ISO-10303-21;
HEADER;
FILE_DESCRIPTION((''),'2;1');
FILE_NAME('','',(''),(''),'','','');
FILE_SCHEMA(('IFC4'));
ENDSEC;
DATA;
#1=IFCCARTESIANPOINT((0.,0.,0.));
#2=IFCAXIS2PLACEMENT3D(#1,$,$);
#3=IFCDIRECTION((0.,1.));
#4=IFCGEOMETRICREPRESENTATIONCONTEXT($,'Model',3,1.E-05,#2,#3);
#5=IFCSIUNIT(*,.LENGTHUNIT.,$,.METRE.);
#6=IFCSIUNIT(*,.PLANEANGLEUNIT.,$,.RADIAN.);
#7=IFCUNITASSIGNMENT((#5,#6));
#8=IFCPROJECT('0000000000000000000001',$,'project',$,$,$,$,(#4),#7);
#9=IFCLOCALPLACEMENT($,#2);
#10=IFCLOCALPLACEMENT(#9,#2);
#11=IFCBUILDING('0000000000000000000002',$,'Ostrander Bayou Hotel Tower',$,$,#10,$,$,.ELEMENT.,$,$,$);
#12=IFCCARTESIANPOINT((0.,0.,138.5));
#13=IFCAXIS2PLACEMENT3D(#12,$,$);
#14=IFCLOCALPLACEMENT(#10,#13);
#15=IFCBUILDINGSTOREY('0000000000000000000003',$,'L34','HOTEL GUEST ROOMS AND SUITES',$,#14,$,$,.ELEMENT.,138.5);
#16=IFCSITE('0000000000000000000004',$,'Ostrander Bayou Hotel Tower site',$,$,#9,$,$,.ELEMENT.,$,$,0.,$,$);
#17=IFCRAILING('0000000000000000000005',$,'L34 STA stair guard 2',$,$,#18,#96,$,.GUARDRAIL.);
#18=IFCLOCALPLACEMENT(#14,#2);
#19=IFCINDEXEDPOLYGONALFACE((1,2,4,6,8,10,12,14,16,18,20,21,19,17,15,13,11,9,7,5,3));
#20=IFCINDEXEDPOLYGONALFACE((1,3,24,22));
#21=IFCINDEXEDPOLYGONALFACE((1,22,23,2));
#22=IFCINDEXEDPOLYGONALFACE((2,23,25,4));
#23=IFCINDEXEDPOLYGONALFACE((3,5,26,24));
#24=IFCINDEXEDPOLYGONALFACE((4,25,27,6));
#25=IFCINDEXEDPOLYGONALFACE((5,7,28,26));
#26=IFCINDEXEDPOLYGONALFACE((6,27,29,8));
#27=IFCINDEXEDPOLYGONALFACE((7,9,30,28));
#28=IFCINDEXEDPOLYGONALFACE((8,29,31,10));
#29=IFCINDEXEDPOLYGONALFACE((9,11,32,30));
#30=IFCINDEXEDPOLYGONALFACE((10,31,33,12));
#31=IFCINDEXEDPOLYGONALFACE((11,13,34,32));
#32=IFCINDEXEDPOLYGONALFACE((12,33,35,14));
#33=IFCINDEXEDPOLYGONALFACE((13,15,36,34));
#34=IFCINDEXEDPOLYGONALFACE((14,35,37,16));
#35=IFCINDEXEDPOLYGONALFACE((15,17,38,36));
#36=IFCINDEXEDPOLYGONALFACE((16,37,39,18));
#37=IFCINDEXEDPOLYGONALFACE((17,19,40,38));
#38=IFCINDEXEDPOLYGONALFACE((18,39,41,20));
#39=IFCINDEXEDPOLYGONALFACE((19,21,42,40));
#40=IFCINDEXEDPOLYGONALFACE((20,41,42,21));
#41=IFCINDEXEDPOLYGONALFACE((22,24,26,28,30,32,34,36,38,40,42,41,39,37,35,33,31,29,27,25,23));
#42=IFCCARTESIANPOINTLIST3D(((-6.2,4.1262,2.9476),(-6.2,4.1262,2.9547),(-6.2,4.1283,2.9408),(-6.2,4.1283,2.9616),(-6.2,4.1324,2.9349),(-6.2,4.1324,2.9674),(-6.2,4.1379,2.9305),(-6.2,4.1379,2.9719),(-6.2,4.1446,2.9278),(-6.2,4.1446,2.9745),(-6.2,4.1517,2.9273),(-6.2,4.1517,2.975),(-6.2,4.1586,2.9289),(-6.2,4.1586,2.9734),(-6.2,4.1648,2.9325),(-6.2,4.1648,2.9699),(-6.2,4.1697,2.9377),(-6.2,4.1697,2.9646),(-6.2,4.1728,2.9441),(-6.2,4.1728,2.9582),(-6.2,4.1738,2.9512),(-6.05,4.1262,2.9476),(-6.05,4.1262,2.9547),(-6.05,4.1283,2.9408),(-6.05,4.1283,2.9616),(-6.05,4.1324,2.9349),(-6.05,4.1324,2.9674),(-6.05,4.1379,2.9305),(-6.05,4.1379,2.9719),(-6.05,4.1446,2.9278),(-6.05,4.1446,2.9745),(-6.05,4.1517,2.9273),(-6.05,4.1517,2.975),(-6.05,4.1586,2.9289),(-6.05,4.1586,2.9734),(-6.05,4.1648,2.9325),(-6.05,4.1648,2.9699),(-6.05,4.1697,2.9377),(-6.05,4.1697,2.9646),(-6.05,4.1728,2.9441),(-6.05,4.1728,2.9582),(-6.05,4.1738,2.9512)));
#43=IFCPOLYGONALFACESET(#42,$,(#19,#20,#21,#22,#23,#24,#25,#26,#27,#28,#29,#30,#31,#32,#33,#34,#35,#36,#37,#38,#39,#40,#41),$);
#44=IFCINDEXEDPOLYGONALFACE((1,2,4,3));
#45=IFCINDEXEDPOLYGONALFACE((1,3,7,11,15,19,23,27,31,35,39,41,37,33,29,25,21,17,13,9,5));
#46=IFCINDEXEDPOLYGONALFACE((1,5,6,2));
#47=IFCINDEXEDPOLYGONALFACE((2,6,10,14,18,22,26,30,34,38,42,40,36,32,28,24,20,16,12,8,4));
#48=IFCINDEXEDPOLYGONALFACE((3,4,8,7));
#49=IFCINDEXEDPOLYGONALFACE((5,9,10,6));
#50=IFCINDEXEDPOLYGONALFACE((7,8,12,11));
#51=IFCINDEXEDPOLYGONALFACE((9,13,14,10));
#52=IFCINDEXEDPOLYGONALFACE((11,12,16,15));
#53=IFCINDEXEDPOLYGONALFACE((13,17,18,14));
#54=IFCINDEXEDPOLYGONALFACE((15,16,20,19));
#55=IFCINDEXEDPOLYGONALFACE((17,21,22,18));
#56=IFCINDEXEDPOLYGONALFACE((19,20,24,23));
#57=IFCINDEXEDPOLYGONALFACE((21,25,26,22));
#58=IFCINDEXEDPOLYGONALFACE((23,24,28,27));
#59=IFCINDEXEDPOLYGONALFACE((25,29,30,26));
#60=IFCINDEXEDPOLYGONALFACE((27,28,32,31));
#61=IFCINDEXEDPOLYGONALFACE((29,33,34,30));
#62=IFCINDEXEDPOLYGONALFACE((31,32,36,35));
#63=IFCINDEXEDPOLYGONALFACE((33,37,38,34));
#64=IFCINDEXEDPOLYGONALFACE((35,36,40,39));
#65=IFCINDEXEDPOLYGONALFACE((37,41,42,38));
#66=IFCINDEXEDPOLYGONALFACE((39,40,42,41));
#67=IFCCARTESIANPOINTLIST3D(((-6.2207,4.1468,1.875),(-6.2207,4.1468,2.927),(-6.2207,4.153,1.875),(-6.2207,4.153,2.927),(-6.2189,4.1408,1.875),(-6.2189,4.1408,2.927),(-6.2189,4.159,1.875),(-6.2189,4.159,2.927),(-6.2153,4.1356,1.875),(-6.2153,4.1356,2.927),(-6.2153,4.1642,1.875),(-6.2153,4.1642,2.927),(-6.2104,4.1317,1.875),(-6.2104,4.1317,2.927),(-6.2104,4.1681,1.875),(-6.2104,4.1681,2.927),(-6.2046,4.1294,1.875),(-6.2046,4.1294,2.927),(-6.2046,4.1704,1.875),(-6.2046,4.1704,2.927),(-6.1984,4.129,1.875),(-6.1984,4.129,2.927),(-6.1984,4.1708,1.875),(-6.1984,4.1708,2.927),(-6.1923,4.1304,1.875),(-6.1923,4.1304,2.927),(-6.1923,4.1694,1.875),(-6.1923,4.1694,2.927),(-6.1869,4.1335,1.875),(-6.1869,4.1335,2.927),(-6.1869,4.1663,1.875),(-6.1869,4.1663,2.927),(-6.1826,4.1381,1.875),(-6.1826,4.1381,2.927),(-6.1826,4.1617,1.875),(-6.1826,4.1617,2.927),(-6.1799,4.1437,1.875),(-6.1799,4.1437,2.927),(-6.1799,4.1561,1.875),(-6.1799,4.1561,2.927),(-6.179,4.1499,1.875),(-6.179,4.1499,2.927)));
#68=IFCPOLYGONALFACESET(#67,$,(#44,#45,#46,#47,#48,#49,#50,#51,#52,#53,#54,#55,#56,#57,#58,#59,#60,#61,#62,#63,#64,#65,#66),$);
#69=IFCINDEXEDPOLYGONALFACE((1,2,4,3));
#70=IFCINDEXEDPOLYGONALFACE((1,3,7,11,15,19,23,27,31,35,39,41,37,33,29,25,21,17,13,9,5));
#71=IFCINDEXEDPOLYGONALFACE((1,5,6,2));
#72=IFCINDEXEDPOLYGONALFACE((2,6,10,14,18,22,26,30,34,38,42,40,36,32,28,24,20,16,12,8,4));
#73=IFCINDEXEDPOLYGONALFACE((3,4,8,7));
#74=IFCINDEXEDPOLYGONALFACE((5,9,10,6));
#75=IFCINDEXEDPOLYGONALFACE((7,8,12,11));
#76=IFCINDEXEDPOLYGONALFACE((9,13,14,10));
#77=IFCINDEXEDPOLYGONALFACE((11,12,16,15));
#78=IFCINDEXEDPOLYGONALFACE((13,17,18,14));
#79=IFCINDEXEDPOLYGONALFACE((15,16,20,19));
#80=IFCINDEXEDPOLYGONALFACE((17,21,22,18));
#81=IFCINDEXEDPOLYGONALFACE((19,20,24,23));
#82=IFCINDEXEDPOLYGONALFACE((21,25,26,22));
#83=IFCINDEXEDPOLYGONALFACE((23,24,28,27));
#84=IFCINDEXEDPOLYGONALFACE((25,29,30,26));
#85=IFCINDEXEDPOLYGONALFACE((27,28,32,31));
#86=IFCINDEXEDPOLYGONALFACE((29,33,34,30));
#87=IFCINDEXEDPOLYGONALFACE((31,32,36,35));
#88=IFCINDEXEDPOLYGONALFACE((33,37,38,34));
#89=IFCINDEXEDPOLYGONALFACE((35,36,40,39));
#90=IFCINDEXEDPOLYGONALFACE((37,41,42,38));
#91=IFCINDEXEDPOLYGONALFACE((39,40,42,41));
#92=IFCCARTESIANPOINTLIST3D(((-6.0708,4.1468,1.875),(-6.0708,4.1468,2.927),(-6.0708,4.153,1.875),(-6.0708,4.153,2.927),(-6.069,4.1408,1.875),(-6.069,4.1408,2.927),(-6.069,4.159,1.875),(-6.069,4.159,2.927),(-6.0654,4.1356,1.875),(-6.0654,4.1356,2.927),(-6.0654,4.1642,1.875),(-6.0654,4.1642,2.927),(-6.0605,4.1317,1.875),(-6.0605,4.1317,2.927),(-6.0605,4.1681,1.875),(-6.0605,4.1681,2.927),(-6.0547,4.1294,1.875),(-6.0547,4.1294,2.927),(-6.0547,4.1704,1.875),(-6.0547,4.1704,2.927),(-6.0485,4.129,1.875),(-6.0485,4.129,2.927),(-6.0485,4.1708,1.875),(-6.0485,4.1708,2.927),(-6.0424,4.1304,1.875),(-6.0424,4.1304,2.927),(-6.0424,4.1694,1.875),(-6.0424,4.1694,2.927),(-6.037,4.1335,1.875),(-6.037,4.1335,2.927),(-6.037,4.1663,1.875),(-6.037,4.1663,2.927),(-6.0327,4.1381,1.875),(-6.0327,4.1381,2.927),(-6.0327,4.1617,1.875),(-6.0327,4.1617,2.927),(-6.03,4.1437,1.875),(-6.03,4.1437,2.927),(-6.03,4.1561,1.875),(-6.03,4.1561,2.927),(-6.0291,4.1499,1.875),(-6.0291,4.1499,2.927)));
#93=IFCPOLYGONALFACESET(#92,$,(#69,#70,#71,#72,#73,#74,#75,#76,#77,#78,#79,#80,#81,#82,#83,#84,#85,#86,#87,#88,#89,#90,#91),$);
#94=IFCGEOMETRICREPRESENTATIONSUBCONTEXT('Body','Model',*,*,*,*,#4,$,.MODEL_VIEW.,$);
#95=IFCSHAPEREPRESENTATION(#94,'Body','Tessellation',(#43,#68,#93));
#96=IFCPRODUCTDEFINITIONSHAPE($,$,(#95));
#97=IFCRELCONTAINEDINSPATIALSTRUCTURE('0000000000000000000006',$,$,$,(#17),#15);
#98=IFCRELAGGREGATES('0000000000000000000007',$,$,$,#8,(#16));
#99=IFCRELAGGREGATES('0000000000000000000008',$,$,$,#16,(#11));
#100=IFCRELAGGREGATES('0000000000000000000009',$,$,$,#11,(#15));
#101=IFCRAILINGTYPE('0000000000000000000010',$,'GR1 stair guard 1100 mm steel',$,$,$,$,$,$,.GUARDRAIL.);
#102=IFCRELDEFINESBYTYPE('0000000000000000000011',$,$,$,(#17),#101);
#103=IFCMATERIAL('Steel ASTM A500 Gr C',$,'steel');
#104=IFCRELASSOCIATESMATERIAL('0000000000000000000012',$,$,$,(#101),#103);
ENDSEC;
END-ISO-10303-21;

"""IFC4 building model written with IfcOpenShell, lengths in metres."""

from ifc_helpers import new_model, si_unit, direction, frame, origin, origin_2d, place, context, subcontext, project, spatial, circle, extrude, material, type_object, element, save


model = new_model("IFC4")

# Units and contexts
model_context = context("Model", 3, precision=1e-05, world=origin(), true_north=direction((0.0, 1.0)))
body_context = subcontext(model_context, "Body", "Model", "MODEL_VIEW")
ifc_project = project(units=[si_unit("LENGTHUNIT", "METRE"), si_unit("PLANEANGLEUNIT", "RADIAN")], contexts=[model_context])

# Site, building, storey
site_placement = place(None, origin())
site = spatial("IfcSite", under=ifc_project, at=site_placement, Name="Ostrander Bayou Hotel Tower site", CompositionType="ELEMENT", RefElevation=0.0)
building_placement = place(site_placement, origin())
building = spatial("IfcBuilding", under=site, at=building_placement, Name="Ostrander Bayou Hotel Tower", CompositionType="ELEMENT")
storey_placement = place(building_placement, frame((0.0, 0.0, 138.5)))
storey = spatial("IfcBuildingStorey", under=building, at=storey_placement, Name="L34", Description="HOTEL GUEST ROOMS AND SUITES", CompositionType="ELEMENT", Elevation=138.5)

# Railing
ifc_material_1 = material(Name="Steel ASTM A500 Gr C", Category="steel")
railing_type_1 = type_object("IfcRailingType", Name="GR1 stair guard 1100 mm steel", PredefinedType="GUARDRAIL", material=ifc_material_1)
railing_1_placement = place(storey_placement, frame((-6.2, 4.1499, 1.875)))
element("IfcRailing", 1, at=railing_1_placement, inside=storey, type_object=railing_type_1, Name="L34 STA stair guard 2", PredefinedType="GUARDRAIL", context=body_context, shape_type="SweptSolid", body=[
    extrude(circle(Radius=0.0239, at=origin_2d()), frame((0.0, 0.0, 1.0762), z_axis=(1.0, 0.0, 0.0), x_axis=(0.0, 1.0, 0.0)), (0.0, 0.0, 1.0), 0.1499),
    extrude(circle(Radius=0.021, at=origin_2d()), origin(), (0.0, 0.0, 1.0), 1.052),
    extrude(circle(Radius=0.021, at=origin_2d()), frame((0.1499, 0.0, 0.0)), (0.0, 0.0, 1.0), 1.052),
])

save(model, "model.ifc")
